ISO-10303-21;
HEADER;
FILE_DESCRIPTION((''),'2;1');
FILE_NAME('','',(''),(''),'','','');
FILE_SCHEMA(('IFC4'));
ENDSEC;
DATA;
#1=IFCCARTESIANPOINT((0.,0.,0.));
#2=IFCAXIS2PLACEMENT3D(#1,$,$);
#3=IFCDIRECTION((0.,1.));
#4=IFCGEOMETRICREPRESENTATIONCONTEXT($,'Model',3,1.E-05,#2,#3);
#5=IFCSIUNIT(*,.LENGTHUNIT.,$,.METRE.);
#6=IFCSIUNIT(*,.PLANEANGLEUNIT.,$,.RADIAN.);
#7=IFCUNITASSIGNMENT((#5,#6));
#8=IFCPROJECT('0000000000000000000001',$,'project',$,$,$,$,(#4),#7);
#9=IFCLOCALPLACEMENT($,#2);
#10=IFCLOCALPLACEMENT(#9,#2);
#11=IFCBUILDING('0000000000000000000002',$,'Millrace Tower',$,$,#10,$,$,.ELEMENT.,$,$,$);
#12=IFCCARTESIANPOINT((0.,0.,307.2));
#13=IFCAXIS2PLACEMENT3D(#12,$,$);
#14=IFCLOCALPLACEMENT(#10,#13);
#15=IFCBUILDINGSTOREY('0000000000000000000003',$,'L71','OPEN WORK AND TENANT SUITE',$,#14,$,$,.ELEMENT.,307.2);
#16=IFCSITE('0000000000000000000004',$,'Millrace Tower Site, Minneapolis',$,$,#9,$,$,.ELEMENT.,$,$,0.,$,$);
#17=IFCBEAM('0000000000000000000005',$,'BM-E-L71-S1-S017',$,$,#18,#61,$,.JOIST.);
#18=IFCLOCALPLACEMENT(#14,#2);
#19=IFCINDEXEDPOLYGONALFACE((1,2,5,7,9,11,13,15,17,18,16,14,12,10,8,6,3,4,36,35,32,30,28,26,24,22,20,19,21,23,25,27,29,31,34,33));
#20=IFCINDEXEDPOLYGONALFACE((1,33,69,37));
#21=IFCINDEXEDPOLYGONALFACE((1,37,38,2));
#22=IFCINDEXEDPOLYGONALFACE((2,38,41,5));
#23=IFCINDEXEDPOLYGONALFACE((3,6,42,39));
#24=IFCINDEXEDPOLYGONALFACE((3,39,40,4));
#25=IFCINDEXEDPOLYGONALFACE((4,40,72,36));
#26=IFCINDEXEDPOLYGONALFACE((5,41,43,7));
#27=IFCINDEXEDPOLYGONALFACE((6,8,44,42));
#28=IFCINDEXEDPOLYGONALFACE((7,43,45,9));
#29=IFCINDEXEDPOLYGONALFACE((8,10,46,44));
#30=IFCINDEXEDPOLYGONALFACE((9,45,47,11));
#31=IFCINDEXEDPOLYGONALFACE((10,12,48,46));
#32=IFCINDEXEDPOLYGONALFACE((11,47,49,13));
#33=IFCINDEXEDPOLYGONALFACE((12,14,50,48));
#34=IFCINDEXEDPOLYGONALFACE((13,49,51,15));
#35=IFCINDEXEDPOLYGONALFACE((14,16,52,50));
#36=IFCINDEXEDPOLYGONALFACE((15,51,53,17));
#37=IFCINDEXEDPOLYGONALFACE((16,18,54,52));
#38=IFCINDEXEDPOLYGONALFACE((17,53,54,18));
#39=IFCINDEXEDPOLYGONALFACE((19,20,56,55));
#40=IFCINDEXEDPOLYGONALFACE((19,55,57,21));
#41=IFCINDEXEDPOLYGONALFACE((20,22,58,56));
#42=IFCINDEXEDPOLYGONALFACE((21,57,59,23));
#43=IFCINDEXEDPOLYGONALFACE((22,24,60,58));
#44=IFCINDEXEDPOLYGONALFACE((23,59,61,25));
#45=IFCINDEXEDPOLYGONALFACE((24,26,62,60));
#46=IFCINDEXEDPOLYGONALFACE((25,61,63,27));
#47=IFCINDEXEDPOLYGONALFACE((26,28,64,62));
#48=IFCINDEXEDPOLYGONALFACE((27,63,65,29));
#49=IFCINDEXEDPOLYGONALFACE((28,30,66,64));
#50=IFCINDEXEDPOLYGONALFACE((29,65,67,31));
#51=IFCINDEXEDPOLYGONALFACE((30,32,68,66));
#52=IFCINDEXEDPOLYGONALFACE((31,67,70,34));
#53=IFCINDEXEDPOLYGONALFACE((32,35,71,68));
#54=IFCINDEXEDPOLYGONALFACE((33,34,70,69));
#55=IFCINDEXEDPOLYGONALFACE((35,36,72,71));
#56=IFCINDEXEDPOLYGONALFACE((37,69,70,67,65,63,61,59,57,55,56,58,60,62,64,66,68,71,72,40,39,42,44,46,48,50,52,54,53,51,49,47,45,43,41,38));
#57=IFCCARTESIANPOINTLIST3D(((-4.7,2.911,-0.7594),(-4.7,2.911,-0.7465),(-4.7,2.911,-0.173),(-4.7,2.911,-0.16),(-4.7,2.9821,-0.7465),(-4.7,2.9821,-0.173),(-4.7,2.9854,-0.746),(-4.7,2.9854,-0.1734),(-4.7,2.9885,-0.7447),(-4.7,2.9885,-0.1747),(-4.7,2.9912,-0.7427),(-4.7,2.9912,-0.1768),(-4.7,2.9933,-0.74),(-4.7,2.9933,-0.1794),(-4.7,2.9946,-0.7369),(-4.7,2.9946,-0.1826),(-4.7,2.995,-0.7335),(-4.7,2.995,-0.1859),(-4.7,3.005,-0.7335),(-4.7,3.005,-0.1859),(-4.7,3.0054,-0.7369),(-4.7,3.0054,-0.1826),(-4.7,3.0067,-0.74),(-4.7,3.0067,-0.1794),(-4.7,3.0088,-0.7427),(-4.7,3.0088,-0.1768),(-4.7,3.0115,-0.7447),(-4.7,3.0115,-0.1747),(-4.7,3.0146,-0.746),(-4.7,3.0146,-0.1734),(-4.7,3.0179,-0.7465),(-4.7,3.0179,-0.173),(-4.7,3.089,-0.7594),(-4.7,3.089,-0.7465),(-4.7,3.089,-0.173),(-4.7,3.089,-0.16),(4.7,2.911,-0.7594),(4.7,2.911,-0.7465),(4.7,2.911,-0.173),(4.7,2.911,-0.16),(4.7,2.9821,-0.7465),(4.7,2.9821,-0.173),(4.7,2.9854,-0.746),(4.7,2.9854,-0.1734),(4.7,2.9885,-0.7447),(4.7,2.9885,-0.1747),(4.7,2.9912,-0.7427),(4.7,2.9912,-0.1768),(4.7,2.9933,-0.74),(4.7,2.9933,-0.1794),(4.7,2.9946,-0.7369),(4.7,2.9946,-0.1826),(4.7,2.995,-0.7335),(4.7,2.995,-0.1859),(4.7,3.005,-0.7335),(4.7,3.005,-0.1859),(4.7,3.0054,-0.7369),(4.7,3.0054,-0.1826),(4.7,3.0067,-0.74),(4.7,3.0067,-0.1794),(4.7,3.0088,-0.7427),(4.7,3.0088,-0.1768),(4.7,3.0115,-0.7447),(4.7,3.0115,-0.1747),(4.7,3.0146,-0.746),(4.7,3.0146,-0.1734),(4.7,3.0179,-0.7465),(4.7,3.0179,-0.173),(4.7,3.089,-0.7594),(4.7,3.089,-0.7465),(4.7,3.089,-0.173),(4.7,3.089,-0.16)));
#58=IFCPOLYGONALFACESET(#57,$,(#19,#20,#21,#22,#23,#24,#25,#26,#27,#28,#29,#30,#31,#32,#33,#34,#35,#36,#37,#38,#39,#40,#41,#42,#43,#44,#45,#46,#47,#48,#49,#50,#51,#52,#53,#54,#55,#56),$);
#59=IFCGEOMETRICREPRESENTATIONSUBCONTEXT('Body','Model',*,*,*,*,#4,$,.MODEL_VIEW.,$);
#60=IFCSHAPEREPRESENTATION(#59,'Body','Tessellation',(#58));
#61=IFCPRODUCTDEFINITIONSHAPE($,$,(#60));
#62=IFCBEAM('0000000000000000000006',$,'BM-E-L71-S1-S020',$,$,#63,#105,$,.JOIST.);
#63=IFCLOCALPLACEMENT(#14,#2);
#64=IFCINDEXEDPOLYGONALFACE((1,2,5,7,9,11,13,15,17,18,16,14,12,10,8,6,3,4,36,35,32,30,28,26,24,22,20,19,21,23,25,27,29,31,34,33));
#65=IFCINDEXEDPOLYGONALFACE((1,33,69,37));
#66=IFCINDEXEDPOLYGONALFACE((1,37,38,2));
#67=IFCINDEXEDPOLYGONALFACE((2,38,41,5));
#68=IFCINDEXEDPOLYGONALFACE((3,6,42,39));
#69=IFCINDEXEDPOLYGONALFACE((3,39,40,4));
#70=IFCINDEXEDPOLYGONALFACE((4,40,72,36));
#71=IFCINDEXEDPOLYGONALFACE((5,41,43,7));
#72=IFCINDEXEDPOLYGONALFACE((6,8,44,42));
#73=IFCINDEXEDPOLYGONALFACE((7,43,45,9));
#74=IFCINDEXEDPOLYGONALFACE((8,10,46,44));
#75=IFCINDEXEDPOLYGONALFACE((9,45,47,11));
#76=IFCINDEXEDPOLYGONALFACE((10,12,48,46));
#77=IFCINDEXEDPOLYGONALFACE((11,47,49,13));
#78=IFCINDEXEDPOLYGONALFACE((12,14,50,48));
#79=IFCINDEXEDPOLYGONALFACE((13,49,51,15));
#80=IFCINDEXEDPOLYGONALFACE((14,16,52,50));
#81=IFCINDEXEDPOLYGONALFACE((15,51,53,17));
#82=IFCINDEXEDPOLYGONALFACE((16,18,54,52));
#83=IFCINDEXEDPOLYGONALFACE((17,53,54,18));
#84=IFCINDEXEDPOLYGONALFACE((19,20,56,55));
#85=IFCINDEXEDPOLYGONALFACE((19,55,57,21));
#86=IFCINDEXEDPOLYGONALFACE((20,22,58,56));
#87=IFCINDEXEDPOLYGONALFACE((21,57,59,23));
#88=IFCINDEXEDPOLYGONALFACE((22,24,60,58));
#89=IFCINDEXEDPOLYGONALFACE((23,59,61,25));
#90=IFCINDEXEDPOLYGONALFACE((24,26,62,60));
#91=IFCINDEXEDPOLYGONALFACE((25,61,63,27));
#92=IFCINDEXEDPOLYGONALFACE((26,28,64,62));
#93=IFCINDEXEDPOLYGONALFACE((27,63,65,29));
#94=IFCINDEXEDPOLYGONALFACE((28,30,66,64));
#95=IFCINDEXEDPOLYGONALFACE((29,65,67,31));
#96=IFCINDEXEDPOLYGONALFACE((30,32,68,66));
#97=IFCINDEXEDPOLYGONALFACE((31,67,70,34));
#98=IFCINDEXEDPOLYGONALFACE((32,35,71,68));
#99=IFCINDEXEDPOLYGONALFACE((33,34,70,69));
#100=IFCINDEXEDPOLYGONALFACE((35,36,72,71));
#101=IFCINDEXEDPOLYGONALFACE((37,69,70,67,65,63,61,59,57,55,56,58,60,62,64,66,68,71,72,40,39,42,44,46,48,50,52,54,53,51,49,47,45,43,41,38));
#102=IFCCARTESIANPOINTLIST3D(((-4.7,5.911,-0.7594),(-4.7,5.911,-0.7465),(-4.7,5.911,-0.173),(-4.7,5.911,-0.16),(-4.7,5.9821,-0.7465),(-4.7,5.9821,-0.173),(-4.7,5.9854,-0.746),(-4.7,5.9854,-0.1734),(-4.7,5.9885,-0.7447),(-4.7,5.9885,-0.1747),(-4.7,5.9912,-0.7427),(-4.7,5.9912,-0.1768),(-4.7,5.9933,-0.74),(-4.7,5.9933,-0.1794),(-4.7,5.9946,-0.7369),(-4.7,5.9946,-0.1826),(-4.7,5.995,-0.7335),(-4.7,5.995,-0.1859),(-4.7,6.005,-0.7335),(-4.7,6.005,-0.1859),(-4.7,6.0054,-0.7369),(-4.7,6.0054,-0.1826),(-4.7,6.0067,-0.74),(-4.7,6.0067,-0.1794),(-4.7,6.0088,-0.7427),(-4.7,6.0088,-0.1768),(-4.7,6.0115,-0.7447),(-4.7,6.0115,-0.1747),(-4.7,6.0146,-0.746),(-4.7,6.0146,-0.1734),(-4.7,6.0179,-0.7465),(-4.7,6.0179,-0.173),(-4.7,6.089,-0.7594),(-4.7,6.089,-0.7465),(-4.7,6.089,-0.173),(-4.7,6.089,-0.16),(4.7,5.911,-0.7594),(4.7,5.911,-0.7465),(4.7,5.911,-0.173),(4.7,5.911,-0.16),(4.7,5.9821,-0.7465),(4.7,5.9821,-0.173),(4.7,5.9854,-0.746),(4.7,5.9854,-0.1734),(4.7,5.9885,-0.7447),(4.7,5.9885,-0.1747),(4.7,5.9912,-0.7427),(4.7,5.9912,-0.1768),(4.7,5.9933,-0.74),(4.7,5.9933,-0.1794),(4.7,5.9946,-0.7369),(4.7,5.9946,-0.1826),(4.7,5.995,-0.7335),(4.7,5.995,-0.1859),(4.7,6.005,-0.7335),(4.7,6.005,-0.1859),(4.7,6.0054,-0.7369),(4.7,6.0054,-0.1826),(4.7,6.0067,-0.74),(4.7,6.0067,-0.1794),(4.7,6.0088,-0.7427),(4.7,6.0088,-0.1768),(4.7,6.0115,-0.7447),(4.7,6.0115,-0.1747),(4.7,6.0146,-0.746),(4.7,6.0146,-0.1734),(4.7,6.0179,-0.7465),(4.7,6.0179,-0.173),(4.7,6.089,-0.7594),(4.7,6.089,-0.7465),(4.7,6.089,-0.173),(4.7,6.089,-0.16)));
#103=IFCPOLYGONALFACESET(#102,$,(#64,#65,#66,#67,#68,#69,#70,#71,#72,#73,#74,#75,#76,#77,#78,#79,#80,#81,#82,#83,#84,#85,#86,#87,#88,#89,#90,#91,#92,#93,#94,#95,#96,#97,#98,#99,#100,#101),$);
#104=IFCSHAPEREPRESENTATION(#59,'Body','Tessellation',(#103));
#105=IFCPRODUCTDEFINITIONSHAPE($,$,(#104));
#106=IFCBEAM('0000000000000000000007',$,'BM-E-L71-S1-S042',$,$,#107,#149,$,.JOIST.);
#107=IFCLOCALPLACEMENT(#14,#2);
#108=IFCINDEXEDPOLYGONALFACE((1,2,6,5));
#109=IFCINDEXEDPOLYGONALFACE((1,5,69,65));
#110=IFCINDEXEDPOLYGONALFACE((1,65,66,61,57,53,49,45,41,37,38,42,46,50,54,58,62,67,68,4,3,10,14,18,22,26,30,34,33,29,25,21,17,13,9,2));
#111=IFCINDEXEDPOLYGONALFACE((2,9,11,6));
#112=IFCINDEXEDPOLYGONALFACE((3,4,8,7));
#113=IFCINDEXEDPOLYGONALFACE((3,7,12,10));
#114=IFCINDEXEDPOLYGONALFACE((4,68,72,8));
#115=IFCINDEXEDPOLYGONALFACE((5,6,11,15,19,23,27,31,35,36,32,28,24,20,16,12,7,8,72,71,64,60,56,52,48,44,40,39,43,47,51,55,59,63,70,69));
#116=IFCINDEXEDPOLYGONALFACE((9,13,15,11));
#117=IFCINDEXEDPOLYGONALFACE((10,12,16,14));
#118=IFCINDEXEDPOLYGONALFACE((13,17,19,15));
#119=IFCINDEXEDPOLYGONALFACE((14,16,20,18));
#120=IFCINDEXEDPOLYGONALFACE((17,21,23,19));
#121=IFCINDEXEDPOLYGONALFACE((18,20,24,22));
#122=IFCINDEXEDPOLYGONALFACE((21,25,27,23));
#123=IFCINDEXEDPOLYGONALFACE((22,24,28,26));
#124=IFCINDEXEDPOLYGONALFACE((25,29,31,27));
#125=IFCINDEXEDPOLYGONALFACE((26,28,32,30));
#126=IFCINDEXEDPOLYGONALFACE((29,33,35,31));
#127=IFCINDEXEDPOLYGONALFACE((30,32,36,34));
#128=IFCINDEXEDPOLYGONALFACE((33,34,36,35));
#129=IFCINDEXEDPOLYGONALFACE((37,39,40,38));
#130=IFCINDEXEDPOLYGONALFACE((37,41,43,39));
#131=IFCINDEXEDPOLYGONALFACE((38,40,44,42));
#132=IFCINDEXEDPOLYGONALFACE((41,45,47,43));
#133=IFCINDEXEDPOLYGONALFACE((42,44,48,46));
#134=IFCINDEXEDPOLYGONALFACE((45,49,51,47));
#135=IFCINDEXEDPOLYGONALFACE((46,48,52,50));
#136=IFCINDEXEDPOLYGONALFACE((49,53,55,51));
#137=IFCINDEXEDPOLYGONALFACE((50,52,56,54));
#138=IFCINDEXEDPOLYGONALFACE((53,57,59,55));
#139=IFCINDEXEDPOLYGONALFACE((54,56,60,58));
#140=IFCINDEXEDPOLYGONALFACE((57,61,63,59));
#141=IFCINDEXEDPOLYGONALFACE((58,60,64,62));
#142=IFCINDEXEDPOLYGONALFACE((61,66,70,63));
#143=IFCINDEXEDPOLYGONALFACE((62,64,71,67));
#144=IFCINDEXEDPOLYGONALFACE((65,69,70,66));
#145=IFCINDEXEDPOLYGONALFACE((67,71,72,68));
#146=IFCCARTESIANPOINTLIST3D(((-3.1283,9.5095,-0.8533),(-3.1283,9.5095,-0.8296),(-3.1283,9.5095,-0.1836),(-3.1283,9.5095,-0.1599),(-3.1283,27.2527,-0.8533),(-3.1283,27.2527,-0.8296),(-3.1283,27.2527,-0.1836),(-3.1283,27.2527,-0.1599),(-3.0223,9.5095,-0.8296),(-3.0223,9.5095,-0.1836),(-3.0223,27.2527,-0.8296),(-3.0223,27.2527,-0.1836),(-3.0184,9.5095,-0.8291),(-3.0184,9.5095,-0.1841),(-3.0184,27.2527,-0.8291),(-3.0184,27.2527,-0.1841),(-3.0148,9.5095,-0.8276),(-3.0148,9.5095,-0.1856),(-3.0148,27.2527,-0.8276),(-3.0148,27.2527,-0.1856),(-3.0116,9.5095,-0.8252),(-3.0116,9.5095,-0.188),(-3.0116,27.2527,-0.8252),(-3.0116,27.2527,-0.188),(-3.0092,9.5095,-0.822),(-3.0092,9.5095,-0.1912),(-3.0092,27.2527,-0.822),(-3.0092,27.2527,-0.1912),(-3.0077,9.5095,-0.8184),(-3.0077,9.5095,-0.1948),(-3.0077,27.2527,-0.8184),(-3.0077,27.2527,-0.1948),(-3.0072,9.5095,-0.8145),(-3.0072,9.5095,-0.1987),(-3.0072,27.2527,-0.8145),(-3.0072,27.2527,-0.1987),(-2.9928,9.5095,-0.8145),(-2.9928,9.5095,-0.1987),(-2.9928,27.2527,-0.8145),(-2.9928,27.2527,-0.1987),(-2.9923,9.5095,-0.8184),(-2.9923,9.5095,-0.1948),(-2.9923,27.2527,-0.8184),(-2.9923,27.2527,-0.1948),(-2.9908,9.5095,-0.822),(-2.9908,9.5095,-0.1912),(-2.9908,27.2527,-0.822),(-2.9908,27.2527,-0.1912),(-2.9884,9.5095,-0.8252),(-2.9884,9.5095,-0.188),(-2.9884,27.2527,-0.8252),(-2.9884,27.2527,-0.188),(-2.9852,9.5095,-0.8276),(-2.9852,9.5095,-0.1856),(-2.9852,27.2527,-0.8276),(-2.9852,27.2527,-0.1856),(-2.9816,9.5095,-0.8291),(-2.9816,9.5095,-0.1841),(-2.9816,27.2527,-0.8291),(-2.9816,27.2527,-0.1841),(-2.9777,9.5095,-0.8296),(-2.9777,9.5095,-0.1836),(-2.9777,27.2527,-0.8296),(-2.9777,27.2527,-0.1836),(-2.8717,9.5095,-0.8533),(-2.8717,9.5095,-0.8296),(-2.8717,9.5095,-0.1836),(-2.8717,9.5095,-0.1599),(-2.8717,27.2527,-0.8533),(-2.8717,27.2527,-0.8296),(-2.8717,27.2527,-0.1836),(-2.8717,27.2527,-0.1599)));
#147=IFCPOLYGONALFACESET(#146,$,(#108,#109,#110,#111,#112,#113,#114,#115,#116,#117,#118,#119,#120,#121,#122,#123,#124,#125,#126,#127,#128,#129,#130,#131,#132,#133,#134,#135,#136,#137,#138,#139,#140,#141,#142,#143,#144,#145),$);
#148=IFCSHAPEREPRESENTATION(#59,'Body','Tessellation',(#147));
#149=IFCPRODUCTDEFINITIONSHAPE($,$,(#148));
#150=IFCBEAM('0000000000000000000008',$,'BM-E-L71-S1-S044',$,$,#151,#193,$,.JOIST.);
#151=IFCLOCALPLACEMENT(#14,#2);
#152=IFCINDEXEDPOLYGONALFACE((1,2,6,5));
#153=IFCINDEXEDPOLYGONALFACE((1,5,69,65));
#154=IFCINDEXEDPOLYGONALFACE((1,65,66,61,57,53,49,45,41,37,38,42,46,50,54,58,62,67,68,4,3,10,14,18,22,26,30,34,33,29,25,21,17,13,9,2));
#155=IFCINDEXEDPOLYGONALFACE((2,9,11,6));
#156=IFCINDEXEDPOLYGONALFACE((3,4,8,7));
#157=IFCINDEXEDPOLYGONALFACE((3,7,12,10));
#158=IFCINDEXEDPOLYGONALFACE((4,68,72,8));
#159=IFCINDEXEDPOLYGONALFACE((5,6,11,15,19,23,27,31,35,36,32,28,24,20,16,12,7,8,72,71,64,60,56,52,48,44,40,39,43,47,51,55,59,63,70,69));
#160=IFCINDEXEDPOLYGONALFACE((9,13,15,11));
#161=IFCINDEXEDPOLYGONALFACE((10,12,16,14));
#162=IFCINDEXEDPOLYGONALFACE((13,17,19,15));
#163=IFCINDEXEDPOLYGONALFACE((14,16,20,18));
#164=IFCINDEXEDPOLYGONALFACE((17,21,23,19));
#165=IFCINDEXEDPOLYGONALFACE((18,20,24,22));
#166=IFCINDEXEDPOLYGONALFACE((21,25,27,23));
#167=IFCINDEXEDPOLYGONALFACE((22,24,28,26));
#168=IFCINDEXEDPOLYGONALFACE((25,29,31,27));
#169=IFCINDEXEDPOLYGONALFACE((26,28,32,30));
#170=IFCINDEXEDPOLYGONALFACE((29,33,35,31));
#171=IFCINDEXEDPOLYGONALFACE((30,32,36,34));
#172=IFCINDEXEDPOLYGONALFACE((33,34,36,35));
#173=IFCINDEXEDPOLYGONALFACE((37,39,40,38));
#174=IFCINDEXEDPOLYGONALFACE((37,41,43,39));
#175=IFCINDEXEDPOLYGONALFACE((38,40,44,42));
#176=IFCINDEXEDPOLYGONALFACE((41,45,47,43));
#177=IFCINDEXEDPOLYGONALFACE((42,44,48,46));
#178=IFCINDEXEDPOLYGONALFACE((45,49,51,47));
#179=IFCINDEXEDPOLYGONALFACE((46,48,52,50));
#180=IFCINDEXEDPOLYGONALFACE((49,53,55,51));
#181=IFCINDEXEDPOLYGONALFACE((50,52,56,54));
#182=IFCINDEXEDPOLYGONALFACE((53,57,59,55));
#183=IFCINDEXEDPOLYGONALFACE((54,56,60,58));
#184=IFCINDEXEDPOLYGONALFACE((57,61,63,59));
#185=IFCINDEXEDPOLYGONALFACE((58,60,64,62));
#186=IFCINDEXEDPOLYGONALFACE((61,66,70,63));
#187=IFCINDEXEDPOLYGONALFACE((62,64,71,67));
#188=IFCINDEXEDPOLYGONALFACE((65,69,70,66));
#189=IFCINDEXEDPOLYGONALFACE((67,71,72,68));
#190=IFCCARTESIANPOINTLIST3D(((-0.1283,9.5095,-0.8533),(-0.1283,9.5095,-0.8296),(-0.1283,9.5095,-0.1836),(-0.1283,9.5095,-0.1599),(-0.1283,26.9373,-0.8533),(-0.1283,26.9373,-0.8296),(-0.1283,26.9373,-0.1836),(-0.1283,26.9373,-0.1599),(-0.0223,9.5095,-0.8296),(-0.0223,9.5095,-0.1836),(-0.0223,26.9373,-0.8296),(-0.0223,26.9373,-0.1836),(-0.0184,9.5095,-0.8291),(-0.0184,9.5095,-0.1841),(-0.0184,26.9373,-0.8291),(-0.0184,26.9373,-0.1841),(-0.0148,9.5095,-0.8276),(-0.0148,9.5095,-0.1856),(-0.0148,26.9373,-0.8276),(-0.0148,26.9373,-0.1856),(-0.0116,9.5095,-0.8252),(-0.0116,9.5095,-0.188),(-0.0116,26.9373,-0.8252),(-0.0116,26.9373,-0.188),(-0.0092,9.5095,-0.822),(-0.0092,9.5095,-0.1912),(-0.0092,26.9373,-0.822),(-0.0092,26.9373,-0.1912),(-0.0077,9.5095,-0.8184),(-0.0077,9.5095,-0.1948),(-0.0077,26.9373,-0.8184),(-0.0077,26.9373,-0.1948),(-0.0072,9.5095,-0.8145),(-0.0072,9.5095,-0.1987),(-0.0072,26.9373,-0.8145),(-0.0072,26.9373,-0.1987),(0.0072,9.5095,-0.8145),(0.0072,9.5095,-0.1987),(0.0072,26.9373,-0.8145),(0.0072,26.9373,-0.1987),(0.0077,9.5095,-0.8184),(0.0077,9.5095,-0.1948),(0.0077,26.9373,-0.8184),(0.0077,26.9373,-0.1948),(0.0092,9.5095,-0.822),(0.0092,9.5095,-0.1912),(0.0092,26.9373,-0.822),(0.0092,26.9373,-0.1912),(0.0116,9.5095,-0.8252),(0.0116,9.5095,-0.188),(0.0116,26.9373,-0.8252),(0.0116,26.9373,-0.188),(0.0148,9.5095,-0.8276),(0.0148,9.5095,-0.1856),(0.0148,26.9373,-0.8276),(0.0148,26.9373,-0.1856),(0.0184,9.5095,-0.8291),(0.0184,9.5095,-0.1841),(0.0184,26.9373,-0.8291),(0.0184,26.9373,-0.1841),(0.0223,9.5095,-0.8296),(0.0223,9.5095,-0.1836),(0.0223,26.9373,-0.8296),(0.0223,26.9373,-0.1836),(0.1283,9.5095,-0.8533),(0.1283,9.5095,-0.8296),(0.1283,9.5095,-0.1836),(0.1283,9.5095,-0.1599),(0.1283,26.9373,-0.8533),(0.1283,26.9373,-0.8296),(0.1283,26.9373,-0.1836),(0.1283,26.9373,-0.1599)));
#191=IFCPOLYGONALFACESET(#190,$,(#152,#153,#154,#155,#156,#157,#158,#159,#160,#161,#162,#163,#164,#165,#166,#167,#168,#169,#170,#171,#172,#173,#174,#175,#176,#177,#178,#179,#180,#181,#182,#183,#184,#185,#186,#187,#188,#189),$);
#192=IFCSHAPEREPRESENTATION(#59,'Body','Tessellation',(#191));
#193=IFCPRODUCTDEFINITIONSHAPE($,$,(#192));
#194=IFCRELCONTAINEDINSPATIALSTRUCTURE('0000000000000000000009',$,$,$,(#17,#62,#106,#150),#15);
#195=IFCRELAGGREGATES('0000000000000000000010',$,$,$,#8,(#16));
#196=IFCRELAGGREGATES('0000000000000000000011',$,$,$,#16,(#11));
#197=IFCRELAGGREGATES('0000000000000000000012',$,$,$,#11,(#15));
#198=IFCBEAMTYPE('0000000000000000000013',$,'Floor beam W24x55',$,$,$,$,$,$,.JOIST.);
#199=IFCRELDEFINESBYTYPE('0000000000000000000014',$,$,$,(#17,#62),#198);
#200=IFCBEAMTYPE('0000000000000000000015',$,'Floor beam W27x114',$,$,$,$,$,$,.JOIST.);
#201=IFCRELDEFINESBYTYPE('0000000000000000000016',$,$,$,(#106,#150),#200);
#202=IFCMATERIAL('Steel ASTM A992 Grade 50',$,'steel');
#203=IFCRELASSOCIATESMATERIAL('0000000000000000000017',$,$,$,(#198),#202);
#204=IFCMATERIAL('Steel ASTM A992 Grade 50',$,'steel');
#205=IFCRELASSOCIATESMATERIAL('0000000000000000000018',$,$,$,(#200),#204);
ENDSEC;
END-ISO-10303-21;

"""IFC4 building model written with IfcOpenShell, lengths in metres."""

from ifc_helpers import new_model, si_unit, direction, frame, origin, origin_2d, place, context, subcontext, project, spatial, i_section, extrude, material, material_profile, profile_set, type_object, element, save


model = new_model("IFC4")

# Units and contexts
model_context = context("Model", 3, precision=1e-05, world=origin(), true_north=direction((0.0, 1.0)))
body_context = subcontext(model_context, "Body", "Model", "MODEL_VIEW")
ifc_project = project(units=[si_unit("LENGTHUNIT", "METRE"), si_unit("PLANEANGLEUNIT", "RADIAN")], contexts=[model_context])

# Site, building, storey
site_placement = place(None, origin())
site = spatial("IfcSite", under=ifc_project, at=site_placement, Name="Millrace Tower Site, Minneapolis", CompositionType="ELEMENT", RefElevation=0.0)
building_placement = place(site_placement, origin())
building = spatial("IfcBuilding", under=site, at=building_placement, Name="Millrace Tower", CompositionType="ELEMENT")
storey_placement = place(building_placement, frame((0.0, 0.0, 307.2)))
storey = spatial("IfcBuildingStorey", under=building, at=storey_placement, Name="L71", Description="OPEN WORK AND TENANT SUITE", CompositionType="ELEMENT", Elevation=307.2)

# Beams
ifc_material_1 = material(Name="Steel ASTM A992 Grade 50", Category="steel")
ifc_material_profile_1 = material_profile(ifc_material_1, i_section(OverallWidth=0.178, OverallDepth=0.5994, WebThickness=0.01, FlangeThickness=0.0129, FilletRadius=0.0129, at=origin_2d()))
ifc_profile_set_1 = profile_set([ifc_material_profile_1], Name="Steel ASTM A992 Grade 50")
beam_type_1 = type_object("IfcBeamType", Name="Floor beam W24x55", PredefinedType="JOIST", material=ifc_profile_set_1)
for number, where, z_axis, x_axis, name in (
    (1, (-4.7, 3.0, -0.4597), (1.0, 0.0, 0.0), (0.0, 1.0, 0.0), "BM-E-L71-S1-S017"),
    (2, (-4.7, 6.0, -0.4597), (1.0, 0.0, 0.0), (0.0, 1.0, 0.0), "BM-E-L71-S1-S020"),
):
    element("IfcBeam", number, at=place(storey_placement, frame(where, z_axis=z_axis, x_axis=x_axis)), inside=storey, type_object=beam_type_1, Name=name, PredefinedType="JOIST", context=body_context, shape_type="SweptSolid", body=[
        extrude(i_section(OverallWidth=0.178, OverallDepth=0.5994, WebThickness=0.01, FlangeThickness=0.0129, FilletRadius=0.0129, at=origin_2d()), origin(), (0.0, 0.0, 1.0), 9.3999),
    ])
ifc_material_2 = material(Name="Steel ASTM A992 Grade 50", Category="steel")
ifc_material_profile_2 = material_profile(ifc_material_2, i_section(OverallWidth=0.2566, OverallDepth=0.6934, WebThickness=0.0144, FlangeThickness=0.0237, FilletRadius=0.0151, at=origin_2d()))
ifc_profile_set_2 = profile_set([ifc_material_profile_2], Name="Steel ASTM A992 Grade 50")
beam_type_2 = type_object("IfcBeamType", Name="Floor beam W27x114", PredefinedType="JOIST", material=ifc_profile_set_2)
beam_1_placement = place(storey_placement, frame((-3.0, 9.5095, -0.5066), z_axis=(0.0, 1.0, 0.0), x_axis=(-1.0, 0.0, 0.0)))
element("IfcBeam", 3, at=beam_1_placement, inside=storey, type_object=beam_type_2, Name="BM-E-L71-S1-S042", PredefinedType="JOIST", context=body_context, shape_type="SweptSolid", body=[
    extrude(i_section(OverallWidth=0.2566, OverallDepth=0.6934, WebThickness=0.0144, FlangeThickness=0.0237, FilletRadius=0.0151, at=origin_2d()), origin(), (0.0, 0.0, 1.0), 17.7432),
])
beam_2_placement = place(storey_placement, frame((0.0, 9.5095, -0.5066), z_axis=(0.0, 1.0, 0.0), x_axis=(-1.0, 0.0, 0.0)))
element("IfcBeam", 4, at=beam_2_placement, inside=storey, type_object=beam_type_2, Name="BM-E-L71-S1-S044", PredefinedType="JOIST", context=body_context, shape_type="SweptSolid", body=[
    extrude(i_section(OverallWidth=0.2566, OverallDepth=0.6934, WebThickness=0.0144, FlangeThickness=0.0237, FilletRadius=0.0151, at=origin_2d()), origin(), (0.0, 0.0, 1.0), 17.4277),
])

save(model, "model.ifc")
